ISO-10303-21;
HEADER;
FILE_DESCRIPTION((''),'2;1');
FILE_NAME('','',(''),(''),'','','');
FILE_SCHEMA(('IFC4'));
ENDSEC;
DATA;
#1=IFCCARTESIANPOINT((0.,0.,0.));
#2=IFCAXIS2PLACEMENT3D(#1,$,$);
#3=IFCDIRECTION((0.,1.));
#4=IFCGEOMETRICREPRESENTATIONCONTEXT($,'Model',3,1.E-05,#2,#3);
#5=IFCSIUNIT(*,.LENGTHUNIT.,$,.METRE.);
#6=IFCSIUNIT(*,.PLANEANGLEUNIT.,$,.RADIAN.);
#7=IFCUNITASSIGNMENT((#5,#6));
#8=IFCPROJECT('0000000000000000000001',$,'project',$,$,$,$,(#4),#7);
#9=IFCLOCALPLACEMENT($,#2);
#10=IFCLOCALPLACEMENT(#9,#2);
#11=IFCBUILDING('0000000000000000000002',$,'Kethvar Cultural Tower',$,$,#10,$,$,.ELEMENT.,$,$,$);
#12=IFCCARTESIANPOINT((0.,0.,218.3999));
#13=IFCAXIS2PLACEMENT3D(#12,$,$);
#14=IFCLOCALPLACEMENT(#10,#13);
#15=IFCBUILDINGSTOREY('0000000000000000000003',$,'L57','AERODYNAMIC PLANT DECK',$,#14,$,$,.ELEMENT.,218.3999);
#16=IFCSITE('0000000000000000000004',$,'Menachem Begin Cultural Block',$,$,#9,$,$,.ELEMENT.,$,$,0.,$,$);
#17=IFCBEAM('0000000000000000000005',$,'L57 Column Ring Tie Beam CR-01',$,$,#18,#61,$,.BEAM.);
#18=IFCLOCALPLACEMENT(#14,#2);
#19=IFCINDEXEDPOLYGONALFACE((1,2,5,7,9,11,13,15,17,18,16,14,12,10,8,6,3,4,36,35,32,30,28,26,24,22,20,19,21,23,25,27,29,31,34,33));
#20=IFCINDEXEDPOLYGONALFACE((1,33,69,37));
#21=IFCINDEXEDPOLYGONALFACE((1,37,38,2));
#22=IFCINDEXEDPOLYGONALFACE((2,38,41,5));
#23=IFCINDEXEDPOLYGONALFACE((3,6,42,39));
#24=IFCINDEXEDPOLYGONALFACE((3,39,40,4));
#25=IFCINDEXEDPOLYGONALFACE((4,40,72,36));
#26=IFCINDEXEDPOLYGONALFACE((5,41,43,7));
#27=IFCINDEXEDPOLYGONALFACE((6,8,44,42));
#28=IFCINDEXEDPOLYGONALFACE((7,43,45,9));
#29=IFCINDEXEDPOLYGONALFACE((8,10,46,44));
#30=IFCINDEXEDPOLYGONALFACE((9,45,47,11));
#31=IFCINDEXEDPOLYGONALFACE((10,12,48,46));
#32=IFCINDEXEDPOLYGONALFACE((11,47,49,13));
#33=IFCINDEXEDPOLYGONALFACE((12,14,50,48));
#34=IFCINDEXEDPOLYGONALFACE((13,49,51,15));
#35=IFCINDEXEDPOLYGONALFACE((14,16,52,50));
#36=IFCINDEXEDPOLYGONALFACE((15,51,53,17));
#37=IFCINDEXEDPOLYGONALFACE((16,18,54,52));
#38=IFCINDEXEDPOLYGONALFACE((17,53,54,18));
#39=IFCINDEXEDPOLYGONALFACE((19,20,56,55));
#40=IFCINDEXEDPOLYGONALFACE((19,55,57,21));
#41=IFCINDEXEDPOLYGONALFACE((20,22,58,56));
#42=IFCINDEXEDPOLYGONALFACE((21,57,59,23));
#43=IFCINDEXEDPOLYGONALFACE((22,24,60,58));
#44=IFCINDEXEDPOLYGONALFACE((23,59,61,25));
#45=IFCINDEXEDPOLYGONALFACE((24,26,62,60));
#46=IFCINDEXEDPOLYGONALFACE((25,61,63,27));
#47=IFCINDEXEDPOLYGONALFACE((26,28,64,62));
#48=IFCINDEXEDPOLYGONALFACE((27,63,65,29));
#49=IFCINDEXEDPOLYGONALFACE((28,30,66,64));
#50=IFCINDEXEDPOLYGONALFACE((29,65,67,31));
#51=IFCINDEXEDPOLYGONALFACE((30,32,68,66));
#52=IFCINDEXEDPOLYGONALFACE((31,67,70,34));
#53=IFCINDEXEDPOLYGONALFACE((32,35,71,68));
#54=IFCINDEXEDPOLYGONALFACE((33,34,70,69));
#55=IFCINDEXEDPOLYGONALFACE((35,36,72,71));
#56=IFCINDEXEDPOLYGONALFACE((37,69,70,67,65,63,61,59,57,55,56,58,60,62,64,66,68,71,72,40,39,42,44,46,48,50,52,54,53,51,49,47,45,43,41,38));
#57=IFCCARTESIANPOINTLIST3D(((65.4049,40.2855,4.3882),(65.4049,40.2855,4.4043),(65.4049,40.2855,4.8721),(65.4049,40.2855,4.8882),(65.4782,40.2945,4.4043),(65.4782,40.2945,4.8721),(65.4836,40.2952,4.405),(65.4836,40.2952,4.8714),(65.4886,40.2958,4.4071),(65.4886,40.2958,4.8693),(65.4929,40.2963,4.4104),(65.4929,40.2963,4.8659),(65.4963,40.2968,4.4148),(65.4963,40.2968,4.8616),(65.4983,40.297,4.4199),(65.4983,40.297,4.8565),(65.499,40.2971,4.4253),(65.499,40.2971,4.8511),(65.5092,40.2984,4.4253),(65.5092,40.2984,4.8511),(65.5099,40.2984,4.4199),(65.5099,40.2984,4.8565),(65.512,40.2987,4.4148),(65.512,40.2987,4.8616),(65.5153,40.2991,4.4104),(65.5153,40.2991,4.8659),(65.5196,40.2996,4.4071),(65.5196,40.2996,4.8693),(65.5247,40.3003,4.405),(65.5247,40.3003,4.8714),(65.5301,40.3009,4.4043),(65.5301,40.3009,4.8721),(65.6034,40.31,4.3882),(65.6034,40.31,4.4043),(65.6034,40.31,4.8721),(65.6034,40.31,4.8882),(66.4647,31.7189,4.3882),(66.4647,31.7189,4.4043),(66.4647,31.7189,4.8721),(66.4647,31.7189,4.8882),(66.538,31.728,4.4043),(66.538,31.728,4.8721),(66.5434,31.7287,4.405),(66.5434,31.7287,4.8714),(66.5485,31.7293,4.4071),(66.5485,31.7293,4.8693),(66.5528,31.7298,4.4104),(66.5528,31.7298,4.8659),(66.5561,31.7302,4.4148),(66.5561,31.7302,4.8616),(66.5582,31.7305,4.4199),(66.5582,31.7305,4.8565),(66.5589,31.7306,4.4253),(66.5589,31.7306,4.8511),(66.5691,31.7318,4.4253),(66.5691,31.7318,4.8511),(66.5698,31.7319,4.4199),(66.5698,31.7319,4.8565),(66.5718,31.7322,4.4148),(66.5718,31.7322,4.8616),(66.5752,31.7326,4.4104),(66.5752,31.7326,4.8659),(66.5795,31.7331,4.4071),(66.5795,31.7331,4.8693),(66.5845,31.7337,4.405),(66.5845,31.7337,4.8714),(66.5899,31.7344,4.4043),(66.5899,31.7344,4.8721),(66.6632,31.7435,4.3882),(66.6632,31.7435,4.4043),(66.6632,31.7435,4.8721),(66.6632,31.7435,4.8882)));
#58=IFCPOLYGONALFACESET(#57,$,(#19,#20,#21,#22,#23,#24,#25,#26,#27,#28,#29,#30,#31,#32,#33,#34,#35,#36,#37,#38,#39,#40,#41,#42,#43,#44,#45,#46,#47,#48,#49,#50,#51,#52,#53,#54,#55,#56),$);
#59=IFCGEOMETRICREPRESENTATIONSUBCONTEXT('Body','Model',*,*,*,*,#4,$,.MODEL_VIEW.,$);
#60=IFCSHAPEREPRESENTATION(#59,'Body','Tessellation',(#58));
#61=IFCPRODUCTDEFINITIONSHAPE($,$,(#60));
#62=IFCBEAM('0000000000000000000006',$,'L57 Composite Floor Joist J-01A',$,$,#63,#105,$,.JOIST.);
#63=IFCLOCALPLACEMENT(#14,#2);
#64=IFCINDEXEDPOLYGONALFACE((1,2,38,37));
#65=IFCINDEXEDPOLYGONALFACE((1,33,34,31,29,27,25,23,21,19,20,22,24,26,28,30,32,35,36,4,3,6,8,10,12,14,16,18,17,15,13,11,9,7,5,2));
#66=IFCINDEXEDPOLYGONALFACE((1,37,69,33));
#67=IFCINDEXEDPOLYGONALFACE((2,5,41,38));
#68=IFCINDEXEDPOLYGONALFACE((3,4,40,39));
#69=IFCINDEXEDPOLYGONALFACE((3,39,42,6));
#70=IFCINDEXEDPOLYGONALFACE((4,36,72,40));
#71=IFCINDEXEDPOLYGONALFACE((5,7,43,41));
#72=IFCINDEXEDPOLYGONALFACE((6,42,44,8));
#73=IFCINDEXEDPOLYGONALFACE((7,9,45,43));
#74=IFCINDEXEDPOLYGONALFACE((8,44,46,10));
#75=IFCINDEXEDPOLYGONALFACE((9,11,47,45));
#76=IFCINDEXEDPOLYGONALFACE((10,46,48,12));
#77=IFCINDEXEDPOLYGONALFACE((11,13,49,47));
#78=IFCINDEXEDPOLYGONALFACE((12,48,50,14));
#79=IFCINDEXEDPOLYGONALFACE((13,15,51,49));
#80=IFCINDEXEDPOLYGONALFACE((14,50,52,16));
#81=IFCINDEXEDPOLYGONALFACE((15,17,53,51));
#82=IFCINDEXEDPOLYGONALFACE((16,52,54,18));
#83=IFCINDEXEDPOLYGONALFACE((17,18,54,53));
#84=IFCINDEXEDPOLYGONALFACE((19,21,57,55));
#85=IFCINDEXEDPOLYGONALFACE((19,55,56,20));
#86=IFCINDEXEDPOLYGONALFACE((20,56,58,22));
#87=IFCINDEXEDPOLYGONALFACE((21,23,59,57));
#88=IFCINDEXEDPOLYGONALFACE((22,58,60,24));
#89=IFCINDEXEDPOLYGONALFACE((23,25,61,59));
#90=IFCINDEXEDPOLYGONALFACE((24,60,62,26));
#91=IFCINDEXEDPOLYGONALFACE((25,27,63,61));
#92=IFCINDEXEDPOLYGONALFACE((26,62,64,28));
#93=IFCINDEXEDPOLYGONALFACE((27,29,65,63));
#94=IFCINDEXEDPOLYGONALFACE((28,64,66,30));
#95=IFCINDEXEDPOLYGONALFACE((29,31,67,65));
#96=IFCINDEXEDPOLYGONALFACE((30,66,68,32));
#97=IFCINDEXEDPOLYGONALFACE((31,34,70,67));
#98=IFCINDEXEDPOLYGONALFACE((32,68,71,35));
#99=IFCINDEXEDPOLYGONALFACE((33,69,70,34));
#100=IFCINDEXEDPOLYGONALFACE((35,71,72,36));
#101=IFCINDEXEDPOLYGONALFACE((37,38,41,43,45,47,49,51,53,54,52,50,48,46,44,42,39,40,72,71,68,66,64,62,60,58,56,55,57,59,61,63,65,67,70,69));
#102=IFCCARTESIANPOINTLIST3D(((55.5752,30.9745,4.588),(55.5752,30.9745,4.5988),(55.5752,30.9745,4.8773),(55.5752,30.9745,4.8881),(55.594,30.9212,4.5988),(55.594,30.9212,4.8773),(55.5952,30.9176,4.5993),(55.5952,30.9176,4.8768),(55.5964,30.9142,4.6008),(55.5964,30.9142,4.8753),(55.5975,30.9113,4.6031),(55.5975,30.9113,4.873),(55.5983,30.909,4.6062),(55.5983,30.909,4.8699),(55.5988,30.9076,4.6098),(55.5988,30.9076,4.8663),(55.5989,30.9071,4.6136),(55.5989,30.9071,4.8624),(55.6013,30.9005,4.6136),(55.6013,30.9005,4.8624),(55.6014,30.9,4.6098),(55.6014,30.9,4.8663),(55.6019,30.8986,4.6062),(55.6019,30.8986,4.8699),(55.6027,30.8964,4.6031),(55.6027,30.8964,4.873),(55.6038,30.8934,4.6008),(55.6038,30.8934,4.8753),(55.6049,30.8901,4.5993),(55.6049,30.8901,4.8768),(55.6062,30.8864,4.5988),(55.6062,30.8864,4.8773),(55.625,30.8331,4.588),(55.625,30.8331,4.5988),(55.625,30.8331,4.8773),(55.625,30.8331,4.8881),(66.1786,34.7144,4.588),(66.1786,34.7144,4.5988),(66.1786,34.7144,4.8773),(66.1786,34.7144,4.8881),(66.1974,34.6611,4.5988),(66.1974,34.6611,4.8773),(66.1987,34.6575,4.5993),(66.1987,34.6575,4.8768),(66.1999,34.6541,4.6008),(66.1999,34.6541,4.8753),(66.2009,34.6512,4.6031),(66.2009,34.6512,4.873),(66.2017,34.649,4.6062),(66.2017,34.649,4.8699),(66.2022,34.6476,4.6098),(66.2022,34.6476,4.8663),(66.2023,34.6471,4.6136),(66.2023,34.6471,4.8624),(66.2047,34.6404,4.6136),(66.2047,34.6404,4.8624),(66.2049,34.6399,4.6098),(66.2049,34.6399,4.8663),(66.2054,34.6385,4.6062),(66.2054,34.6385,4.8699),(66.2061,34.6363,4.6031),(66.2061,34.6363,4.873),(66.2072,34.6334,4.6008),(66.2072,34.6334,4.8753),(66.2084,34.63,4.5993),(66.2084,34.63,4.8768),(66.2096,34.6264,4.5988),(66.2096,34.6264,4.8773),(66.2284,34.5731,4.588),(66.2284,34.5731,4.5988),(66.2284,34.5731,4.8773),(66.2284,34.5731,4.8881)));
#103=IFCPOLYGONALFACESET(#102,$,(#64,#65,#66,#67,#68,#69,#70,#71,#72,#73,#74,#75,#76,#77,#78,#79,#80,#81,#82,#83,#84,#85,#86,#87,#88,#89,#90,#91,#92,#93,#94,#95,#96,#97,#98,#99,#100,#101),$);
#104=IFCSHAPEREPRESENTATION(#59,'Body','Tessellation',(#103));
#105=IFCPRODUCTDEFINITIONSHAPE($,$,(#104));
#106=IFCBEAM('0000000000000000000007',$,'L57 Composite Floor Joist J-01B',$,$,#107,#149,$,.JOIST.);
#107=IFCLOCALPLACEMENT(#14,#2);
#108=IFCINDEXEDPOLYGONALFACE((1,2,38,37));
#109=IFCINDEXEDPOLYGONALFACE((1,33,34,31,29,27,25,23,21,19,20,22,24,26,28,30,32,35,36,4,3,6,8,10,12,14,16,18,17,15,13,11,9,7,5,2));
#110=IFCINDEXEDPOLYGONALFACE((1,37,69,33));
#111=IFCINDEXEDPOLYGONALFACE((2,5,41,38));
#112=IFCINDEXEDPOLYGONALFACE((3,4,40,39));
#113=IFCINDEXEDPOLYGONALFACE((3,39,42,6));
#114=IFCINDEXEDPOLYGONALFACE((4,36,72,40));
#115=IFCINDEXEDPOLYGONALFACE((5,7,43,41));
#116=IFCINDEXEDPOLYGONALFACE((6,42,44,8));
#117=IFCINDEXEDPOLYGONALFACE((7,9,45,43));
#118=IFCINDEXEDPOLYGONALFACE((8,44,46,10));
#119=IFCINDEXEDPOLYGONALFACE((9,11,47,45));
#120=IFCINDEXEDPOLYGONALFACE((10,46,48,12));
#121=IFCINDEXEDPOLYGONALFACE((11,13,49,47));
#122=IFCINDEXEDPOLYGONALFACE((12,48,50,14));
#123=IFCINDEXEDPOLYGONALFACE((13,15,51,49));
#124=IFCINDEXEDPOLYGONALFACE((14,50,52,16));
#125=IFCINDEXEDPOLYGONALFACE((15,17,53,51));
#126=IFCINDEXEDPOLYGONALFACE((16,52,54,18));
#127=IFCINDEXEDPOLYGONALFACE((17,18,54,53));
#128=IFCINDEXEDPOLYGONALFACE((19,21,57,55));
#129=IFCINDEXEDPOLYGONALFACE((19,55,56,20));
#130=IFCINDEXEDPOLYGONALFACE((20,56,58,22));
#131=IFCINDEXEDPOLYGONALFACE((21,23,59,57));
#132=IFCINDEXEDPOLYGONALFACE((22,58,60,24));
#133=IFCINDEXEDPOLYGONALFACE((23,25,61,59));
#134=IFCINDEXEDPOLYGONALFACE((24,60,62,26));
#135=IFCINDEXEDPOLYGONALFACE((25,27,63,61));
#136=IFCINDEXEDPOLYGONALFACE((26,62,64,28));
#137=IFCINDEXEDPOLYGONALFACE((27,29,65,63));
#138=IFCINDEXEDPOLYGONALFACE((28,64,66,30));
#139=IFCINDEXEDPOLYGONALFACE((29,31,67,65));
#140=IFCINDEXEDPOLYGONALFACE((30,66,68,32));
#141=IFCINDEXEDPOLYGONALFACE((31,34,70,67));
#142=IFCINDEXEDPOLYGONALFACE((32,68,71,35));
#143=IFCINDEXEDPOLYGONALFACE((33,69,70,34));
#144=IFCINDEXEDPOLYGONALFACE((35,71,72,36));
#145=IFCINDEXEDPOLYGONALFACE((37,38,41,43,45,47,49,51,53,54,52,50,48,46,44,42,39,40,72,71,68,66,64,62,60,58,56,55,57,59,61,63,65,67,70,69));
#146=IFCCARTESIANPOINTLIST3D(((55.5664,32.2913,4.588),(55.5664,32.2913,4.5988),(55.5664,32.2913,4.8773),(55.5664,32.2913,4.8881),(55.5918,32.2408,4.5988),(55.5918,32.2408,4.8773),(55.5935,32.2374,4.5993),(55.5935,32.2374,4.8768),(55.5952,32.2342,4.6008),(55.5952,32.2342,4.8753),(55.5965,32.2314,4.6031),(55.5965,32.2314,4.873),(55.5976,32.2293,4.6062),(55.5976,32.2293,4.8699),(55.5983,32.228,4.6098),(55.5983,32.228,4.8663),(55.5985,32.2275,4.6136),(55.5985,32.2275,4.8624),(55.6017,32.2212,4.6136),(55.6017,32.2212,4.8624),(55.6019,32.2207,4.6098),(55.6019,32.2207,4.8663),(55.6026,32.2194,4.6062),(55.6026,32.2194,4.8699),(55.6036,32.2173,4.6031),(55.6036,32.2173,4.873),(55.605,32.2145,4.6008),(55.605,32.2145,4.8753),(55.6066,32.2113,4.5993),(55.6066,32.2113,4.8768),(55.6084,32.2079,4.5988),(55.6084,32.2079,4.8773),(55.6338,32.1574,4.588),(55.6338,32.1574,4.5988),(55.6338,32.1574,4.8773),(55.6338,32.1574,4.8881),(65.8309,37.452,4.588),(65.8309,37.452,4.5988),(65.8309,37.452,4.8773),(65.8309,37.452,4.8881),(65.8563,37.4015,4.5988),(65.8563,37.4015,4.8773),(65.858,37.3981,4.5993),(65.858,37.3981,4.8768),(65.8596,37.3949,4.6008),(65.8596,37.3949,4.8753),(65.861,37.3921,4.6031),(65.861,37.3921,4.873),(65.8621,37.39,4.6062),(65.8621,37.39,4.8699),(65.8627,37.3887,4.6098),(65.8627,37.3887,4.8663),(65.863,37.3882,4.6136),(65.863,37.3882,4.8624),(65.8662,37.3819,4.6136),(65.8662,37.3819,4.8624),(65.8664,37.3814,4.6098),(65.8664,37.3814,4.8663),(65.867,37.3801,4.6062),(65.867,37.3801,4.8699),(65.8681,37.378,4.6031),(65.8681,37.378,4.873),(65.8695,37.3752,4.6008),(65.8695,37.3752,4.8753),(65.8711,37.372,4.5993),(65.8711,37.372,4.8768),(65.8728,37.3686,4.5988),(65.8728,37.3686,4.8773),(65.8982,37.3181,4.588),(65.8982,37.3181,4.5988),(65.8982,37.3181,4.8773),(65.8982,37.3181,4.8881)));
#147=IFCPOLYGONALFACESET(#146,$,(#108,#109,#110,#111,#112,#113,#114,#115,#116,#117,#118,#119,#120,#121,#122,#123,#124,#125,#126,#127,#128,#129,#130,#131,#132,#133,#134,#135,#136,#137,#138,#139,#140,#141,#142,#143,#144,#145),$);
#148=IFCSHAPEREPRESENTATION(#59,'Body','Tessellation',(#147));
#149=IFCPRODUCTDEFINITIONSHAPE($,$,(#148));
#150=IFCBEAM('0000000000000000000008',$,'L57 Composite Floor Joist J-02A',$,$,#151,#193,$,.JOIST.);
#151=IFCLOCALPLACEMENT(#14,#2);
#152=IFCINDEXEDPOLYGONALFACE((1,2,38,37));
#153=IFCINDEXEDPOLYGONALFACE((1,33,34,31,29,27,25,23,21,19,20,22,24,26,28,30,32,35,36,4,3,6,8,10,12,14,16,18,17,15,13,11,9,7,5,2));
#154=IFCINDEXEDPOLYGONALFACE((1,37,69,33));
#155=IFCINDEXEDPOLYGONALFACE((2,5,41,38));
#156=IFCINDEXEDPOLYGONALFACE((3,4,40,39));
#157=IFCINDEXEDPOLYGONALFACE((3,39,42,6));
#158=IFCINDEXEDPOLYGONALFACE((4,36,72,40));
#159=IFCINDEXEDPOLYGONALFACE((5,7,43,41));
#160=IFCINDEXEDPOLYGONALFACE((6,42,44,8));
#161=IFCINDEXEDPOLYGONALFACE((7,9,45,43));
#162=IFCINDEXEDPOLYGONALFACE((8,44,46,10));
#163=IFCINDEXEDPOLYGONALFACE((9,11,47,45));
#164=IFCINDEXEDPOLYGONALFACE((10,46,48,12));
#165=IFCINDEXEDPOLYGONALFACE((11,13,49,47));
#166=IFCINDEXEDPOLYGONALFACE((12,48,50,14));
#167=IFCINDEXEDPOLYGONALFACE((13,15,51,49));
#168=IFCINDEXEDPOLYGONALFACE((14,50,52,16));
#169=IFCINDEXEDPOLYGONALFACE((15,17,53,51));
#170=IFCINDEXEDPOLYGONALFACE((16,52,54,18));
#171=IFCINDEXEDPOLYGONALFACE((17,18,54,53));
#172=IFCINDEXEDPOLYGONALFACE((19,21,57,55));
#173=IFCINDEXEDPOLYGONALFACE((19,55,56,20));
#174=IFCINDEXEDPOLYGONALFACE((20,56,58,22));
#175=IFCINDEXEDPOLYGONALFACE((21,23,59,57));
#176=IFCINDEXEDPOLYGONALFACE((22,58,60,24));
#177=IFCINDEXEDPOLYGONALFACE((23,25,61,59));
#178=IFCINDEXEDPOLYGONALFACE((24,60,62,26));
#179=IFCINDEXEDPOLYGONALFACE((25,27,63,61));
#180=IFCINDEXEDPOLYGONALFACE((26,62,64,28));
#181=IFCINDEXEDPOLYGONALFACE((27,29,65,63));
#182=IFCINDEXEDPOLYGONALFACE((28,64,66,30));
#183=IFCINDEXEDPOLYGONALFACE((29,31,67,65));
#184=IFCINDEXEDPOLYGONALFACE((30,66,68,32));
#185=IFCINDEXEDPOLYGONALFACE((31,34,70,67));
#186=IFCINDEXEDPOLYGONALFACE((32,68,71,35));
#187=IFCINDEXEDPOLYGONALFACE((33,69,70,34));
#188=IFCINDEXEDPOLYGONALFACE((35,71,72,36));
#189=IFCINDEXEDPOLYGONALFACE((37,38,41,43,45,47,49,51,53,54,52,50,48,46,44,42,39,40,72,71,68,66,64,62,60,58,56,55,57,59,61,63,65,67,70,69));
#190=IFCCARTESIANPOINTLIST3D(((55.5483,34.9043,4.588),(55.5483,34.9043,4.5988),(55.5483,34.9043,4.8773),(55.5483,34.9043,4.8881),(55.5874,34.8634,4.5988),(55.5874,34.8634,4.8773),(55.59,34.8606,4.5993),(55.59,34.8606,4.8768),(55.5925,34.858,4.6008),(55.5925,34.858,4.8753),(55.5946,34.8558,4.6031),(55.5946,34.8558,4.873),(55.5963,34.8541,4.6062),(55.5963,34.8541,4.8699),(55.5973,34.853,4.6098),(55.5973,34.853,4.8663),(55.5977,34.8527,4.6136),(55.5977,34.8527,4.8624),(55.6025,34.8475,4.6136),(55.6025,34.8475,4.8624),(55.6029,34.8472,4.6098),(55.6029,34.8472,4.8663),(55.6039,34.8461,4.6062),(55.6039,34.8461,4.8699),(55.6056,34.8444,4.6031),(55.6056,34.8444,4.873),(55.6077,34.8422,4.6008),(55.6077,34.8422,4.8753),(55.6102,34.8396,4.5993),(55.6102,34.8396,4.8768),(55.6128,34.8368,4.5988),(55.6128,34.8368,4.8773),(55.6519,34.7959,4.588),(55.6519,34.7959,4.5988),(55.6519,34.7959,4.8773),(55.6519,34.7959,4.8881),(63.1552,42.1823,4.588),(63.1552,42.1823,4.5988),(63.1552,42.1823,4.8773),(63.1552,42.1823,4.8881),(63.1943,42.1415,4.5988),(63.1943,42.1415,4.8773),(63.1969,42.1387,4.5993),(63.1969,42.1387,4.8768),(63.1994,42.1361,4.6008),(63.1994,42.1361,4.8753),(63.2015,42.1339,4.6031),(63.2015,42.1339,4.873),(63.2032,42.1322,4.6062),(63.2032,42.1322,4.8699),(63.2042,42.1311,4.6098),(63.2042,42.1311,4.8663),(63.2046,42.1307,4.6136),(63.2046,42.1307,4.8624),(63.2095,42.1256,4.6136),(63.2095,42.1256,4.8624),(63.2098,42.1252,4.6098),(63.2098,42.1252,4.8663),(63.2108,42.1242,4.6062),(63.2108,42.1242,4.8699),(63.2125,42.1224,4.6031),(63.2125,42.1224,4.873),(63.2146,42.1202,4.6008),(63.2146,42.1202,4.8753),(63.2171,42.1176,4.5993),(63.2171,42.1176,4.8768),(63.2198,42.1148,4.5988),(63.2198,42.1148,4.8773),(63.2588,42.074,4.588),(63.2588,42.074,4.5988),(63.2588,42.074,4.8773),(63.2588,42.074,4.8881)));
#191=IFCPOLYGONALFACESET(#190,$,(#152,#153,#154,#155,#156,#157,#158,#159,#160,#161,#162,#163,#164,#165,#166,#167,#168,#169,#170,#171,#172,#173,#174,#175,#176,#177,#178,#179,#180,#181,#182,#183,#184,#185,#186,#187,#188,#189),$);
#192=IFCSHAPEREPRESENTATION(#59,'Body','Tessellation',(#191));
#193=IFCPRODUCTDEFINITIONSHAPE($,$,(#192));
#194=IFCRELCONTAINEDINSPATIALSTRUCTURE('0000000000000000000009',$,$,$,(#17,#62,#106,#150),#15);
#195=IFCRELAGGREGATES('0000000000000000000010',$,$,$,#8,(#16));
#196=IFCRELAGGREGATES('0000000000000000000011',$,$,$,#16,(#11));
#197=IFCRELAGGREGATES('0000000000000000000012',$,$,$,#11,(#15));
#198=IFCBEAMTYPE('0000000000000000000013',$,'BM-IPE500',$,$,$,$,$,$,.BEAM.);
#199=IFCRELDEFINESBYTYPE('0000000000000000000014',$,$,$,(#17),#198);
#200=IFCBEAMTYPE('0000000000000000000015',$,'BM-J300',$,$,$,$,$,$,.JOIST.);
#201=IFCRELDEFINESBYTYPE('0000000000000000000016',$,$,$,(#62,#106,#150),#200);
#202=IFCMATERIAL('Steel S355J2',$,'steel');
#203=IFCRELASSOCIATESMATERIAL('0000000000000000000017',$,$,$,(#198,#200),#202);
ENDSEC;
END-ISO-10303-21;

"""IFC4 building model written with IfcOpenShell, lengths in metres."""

from ifc_helpers import new_model, si_unit, direction, frame, origin, origin_2d, place, context, subcontext, project, spatial, i_section, extrude, source, transform, mapped, material, material_profile, profile_set, type_object, element, save


model = new_model("IFC4")

# Units and contexts
model_context = context("Model", 3, precision=1e-05, world=origin(), true_north=direction((0.0, 1.0)))
body_context = subcontext(model_context, "Body", "Model", "MODEL_VIEW")
ifc_project = project(units=[si_unit("LENGTHUNIT", "METRE"), si_unit("PLANEANGLEUNIT", "RADIAN")], contexts=[model_context])

# Site, building, storey
site_placement = place(None, origin())
site = spatial("IfcSite", under=ifc_project, at=site_placement, Name="Menachem Begin Cultural Block", CompositionType="ELEMENT", RefElevation=0.0)
building_placement = place(site_placement, origin())
building = spatial("IfcBuilding", under=site, at=building_placement, Name="Kethvar Cultural Tower", CompositionType="ELEMENT")
storey_placement = place(building_placement, frame((0.0, 0.0, 218.3999)))
storey = spatial("IfcBuildingStorey", under=building, at=storey_placement, Name="L57", Description="AERODYNAMIC PLANT DECK", CompositionType="ELEMENT", Elevation=218.3999)

# Beams
ifc_material_1 = material(Name="Steel S355J2", Category="steel")
ifc_material_profile_1 = material_profile(ifc_material_1, i_section(OverallWidth=0.2, OverallDepth=0.5, WebThickness=0.0103, FlangeThickness=0.0161, FilletRadius=0.021, at=origin_2d()), Name="Steel S355J2 — IPE500")
ifc_profile_set_1 = profile_set([ifc_material_profile_1], Name="Steel S355J2 — IPE500")
beam_type_1 = type_object("IfcBeamType", Name="BM-IPE500", PredefinedType="BEAM", material=ifc_profile_set_1)
shared_shape_1 = source(origin(), body_context, "Body", "SweptSolid", [
    extrude(i_section(OverallWidth=0.2, OverallDepth=0.5, WebThickness=0.0103, FlangeThickness=0.0161, FilletRadius=0.021, at=origin_2d()), origin(), (0.0, 0.0, 1.0), 8.6318),
])
beam_1_placement = place(storey_placement, frame((66.564, 31.7312, 4.6382), z_axis=(-0.122781, 0.992434, 0.0), x_axis=(-0.992434, -0.122781, 0.0)))
element("IfcBeam", 1, at=beam_1_placement, inside=storey, type_object=beam_type_1, Name="L57 Column Ring Tie Beam CR-01", PredefinedType="BEAM", context=body_context, shape_type="MappedRepresentation", body=[
    mapped(shared_shape_1, transform((0.0, 0.0, 0.0), scale=1.0)),
])
ifc_material_profile_2 = material_profile(ifc_material_1, i_section(OverallWidth=0.1499, OverallDepth=0.3, WebThickness=0.0071, FlangeThickness=0.0107, FilletRadius=0.0149, at=origin_2d()), Name="Steel S355J2 — IPE300")
ifc_profile_set_2 = profile_set([ifc_material_profile_2], Name="Steel S355J2 — IPE300")
beam_type_2 = type_object("IfcBeamType", Name="BM-J300", PredefinedType="JOIST", material=ifc_profile_set_2)
shared_shape_2 = source(origin(), body_context, "Body", "SweptSolid", [
    extrude(i_section(OverallWidth=0.1499, OverallDepth=0.3, WebThickness=0.0071, FlangeThickness=0.0107, FilletRadius=0.0149, at=origin_2d()), origin(), (0.0, 0.0, 1.0), 11.2437),
])
beam_2_placement = place(storey_placement, frame((55.6001, 30.9038, 4.738), z_axis=(0.943058, 0.332628, 0.0), x_axis=(-0.332628, 0.943058, 0.0)))
element("IfcBeam", 2, at=beam_2_placement, inside=storey, type_object=beam_type_2, Name="L57 Composite Floor Joist J-01A", PredefinedType="JOIST", context=body_context, shape_type="MappedRepresentation", body=[
    mapped(shared_shape_2, transform((0.0, 0.0, 0.0), scale=1.0)),
])
shared_shape_3 = source(origin(), body_context, "Body", "SweptSolid", [
    extrude(i_section(OverallWidth=0.1499, OverallDepth=0.3, WebThickness=0.0071, FlangeThickness=0.0107, FilletRadius=0.0149, at=origin_2d()), origin(), (0.0, 0.0, 1.0), 11.4888),
])
beam_3_placement = place(storey_placement, frame((55.6001, 32.2244, 4.738), z_axis=(0.893435, 0.449193, 0.0), x_axis=(-0.449193, 0.893435, 0.0)))
element("IfcBeam", 3, at=beam_3_placement, inside=storey, type_object=beam_type_2, Name="L57 Composite Floor Joist J-01B", PredefinedType="JOIST", context=body_context, shape_type="MappedRepresentation", body=[
    mapped(shared_shape_3, transform((0.0, 0.0, 0.0), scale=1.0)),
])
shared_shape_4 = source(origin(), body_context, "Body", "SweptSolid", [
    extrude(i_section(OverallWidth=0.1499, OverallDepth=0.3, WebThickness=0.0071, FlangeThickness=0.0107, FilletRadius=0.0149, at=origin_2d()), origin(), (0.0, 0.0, 1.0), 10.5278),
])
beam_4_placement = place(storey_placement, frame((55.6001, 34.8501, 4.738), z_axis=(0.722553, 0.691316, 0.0), x_axis=(-0.691316, 0.722553, 0.0)))
element("IfcBeam", 4, at=beam_4_placement, inside=storey, type_object=beam_type_2, Name="L57 Composite Floor Joist J-02A", PredefinedType="JOIST", context=body_context, shape_type="MappedRepresentation", body=[
    mapped(shared_shape_4, transform((0.0, 0.0, 0.0), scale=1.0)),
])

save(model, "model.ifc")
